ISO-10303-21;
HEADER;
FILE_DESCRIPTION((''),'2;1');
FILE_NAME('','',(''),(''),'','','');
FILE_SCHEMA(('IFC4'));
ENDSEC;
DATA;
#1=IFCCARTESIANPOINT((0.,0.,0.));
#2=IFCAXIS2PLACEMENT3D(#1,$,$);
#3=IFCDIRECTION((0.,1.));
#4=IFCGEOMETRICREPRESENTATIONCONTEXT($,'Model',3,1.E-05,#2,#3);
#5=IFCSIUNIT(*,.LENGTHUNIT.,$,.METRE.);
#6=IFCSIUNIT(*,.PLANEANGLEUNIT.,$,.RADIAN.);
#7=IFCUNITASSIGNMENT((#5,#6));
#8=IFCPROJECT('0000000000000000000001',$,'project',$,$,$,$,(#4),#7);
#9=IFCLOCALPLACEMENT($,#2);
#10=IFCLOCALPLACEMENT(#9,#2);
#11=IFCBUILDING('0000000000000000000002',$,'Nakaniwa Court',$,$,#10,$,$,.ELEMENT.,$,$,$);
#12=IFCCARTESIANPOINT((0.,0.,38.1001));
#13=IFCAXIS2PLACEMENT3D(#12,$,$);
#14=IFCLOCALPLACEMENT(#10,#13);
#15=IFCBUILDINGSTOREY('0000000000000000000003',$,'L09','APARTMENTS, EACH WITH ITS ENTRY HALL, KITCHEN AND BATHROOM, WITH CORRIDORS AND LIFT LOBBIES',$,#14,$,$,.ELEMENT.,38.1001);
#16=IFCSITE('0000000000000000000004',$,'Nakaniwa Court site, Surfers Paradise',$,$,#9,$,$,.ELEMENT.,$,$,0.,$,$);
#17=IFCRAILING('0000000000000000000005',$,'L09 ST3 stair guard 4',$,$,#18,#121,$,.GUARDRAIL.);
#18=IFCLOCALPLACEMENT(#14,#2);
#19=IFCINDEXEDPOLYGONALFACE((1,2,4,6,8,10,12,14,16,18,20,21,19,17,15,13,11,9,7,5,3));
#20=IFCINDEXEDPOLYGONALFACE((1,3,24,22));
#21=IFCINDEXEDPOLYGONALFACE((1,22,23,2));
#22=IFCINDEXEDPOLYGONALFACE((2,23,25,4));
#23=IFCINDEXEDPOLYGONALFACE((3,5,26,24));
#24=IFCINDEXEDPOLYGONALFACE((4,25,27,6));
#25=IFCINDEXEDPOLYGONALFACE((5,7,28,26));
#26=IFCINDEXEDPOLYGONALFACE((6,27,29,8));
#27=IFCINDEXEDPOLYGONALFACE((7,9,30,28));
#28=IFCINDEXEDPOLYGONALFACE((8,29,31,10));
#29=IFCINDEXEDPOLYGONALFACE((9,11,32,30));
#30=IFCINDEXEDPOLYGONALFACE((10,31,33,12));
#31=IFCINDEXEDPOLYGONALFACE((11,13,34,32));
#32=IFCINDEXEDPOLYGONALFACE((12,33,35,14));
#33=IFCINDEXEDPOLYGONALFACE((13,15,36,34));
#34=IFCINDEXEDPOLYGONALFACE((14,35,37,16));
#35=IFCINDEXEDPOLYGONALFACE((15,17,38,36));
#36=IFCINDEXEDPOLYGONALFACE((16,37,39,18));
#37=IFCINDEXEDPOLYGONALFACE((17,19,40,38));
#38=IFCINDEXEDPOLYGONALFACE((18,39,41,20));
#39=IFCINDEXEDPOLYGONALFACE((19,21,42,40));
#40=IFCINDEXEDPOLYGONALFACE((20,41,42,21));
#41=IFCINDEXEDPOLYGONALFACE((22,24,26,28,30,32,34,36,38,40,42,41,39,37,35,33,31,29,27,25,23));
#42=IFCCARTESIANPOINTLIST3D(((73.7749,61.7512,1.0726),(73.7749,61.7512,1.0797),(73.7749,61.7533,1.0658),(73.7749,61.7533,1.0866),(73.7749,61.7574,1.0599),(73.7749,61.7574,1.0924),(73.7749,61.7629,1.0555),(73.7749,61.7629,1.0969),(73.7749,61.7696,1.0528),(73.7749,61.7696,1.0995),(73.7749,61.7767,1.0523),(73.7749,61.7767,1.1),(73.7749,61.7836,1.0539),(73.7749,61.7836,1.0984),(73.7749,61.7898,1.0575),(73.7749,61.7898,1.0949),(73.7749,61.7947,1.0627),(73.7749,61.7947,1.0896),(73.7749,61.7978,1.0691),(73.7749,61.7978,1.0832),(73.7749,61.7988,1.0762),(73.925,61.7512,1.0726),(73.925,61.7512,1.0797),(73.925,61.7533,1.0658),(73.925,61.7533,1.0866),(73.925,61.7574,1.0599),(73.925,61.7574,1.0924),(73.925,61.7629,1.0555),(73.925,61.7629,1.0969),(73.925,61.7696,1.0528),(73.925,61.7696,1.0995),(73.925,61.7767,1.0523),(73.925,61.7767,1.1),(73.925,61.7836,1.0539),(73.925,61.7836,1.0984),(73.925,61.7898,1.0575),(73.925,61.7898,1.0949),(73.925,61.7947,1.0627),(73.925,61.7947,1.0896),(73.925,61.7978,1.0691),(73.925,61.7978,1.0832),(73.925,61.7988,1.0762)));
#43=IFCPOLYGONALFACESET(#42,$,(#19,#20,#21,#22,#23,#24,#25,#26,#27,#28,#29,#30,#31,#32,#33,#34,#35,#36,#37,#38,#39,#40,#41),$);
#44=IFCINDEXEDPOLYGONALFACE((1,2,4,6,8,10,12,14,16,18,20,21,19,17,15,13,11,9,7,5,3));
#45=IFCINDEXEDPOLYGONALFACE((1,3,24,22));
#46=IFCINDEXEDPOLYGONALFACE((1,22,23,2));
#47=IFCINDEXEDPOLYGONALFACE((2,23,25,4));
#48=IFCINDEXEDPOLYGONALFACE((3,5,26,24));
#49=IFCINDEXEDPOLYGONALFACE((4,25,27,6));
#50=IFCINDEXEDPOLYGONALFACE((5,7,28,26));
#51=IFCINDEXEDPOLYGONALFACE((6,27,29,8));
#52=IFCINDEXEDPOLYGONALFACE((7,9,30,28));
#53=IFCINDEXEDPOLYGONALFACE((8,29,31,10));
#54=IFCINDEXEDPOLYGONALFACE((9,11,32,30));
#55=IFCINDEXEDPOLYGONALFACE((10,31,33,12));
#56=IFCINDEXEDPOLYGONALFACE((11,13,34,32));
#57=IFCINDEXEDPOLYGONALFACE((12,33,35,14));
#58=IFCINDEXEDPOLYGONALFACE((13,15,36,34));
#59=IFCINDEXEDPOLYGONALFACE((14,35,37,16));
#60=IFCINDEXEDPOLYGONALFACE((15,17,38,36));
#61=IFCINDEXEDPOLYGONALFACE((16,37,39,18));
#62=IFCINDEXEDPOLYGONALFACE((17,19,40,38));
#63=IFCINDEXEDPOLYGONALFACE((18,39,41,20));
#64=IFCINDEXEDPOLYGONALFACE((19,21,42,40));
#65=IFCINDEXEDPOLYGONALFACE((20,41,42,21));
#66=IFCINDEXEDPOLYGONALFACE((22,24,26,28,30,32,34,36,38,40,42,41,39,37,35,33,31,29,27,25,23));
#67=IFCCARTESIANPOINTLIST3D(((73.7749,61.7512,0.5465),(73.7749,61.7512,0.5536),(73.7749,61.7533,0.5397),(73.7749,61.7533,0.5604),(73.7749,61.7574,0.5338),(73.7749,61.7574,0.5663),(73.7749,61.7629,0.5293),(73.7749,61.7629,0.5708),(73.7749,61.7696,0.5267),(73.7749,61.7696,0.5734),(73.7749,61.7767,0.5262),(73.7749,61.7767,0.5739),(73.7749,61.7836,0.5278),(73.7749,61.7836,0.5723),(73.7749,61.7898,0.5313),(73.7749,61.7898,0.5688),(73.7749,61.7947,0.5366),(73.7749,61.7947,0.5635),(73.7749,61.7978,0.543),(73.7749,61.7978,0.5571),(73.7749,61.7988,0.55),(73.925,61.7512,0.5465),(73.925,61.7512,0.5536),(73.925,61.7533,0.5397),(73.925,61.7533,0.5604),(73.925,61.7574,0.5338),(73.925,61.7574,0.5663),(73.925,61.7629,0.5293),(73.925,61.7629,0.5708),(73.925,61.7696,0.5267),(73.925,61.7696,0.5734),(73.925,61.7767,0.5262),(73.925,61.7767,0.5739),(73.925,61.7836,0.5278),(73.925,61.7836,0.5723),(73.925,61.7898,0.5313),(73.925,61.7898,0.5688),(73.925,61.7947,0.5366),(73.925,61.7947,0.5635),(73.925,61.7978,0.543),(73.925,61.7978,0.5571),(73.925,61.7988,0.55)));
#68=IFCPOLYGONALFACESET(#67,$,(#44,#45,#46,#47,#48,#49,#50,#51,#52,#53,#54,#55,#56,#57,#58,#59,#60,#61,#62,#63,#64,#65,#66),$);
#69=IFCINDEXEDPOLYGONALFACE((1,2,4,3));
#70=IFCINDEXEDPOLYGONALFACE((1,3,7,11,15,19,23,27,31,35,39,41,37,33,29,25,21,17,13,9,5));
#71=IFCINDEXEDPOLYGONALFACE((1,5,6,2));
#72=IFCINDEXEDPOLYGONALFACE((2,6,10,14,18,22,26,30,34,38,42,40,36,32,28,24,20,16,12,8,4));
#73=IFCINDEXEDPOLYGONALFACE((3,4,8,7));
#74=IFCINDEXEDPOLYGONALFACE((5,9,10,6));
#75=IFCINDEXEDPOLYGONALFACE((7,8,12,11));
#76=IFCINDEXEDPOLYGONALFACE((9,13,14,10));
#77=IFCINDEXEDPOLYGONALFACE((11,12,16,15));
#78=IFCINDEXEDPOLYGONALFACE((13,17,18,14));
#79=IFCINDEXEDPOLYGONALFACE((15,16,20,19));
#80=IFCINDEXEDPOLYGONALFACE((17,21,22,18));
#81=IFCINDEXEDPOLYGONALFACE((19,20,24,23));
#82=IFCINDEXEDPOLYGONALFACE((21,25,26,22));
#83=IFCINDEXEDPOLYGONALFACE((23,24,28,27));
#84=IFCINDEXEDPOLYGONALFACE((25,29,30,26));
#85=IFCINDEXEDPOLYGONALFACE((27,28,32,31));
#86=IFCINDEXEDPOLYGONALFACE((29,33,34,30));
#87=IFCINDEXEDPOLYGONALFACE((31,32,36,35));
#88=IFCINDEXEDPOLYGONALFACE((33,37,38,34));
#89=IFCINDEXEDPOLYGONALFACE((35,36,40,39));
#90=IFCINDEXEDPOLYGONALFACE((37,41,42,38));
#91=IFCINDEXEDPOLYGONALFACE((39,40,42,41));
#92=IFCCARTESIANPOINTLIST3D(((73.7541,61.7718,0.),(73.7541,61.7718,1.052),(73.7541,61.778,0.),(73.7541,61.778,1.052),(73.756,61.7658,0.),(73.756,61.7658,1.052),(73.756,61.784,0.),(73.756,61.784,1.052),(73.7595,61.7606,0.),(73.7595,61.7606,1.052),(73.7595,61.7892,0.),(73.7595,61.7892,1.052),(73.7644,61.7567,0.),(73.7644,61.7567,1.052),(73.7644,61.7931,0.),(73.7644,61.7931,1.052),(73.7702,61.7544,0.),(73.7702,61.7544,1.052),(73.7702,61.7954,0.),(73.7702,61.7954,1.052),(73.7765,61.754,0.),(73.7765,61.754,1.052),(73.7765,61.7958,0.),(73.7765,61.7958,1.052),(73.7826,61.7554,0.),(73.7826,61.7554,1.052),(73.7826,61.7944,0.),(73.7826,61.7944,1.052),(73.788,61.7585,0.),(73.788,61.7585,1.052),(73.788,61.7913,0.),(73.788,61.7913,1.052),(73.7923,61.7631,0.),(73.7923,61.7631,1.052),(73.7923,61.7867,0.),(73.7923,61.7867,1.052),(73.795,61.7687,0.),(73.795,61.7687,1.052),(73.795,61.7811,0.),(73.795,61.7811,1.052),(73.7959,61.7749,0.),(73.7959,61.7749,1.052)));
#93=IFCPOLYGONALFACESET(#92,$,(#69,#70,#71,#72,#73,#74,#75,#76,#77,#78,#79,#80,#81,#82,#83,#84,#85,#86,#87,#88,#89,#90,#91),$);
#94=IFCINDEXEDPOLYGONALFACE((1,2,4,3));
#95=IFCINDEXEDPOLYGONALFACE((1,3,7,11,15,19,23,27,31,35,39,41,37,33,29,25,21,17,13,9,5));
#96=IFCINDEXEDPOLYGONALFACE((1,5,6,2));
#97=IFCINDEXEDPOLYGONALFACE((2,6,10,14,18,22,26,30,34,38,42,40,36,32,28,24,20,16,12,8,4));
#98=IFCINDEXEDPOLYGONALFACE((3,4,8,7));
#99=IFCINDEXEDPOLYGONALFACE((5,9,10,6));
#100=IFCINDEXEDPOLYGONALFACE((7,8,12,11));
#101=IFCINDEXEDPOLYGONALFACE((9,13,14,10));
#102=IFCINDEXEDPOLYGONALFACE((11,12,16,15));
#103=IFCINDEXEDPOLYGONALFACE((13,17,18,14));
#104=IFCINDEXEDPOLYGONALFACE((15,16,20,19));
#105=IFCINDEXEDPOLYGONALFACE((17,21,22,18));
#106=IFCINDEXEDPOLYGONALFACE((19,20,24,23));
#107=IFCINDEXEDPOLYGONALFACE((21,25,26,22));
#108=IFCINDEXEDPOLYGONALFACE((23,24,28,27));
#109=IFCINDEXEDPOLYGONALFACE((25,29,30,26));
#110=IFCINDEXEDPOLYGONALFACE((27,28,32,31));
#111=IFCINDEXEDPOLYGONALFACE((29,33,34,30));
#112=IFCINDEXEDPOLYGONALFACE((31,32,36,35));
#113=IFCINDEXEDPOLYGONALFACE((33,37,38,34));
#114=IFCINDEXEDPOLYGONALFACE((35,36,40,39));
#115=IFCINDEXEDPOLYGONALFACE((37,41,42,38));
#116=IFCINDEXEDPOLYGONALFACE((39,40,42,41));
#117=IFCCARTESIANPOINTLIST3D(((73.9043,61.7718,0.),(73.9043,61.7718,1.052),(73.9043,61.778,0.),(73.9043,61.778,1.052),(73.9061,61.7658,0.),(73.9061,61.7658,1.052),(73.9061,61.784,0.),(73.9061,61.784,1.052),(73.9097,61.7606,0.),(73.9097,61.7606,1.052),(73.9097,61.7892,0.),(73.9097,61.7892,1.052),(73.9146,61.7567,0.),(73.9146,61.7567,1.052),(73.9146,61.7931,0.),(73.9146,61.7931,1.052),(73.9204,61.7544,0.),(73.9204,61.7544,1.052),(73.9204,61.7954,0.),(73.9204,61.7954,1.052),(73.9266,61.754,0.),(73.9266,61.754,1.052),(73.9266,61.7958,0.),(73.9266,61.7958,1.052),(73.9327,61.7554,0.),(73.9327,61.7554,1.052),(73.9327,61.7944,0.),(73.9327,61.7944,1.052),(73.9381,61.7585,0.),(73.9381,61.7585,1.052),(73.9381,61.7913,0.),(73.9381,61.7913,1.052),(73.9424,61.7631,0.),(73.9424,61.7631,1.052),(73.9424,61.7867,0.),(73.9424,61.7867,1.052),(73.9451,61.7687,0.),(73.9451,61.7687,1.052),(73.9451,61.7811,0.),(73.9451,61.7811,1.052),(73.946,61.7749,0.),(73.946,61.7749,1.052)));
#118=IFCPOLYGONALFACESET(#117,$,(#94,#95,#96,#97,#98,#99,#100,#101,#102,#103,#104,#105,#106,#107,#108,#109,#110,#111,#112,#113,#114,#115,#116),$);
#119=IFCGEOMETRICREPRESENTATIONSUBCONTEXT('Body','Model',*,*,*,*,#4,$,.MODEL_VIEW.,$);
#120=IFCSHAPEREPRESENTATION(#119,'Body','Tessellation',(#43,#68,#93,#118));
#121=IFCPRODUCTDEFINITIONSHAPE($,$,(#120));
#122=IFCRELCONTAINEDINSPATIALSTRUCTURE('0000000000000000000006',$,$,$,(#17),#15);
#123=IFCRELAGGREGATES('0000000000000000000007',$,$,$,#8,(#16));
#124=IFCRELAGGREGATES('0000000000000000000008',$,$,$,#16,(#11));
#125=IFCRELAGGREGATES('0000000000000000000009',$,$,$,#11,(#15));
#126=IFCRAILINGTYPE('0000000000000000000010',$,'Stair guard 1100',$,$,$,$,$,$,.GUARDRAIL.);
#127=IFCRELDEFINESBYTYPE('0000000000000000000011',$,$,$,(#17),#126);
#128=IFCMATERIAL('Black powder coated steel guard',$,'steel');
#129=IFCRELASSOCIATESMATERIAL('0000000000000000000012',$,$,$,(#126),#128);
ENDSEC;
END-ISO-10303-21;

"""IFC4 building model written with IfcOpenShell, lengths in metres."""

from ifc_helpers import new_model, si_unit, direction, frame, origin, origin_2d, place, context, subcontext, project, spatial, circle, extrude, material, type_object, element, save


model = new_model("IFC4")

# Units and contexts
model_context = context("Model", 3, precision=1e-05, world=origin(), true_north=direction((0.0, 1.0)))
body_context = subcontext(model_context, "Body", "Model", "MODEL_VIEW")
ifc_project = project(units=[si_unit("LENGTHUNIT", "METRE"), si_unit("PLANEANGLEUNIT", "RADIAN")], contexts=[model_context])

# Site, building, storey
site_placement = place(None, origin())
site = spatial("IfcSite", under=ifc_project, at=site_placement, Name="Nakaniwa Court site, Surfers Paradise", CompositionType="ELEMENT", RefElevation=0.0)
building_placement = place(site_placement, origin())
building = spatial("IfcBuilding", under=site, at=building_placement, Name="Nakaniwa Court", CompositionType="ELEMENT")
storey_placement = place(building_placement, frame((0.0, 0.0, 38.1001)))
storey = spatial("IfcBuildingStorey", under=building, at=storey_placement, Name="L09", Description="APARTMENTS, EACH WITH ITS ENTRY HALL, KITCHEN AND BATHROOM, WITH CORRIDORS AND LIFT LOBBIES", CompositionType="ELEMENT", Elevation=38.1001)

# Railing
ifc_material_1 = material(Name="Black powder coated steel guard", Category="steel")
railing_type = type_object("IfcRailingType", Name="Stair guard 1100", PredefinedType="GUARDRAIL", material=ifc_material_1)
railing_1_placement = place(storey_placement, frame((73.7749, 61.7749, 0.0)))
element("IfcRailing", 1, at=railing_1_placement, inside=storey, type_object=railing_type, Name="L09 ST3 stair guard 4", PredefinedType="GUARDRAIL", context=body_context, shape_type="SweptSolid", body=[
    extrude(circle(Radius=0.0239, at=origin_2d()), frame((0.0, 0.0, 1.0762), z_axis=(1.0, 0.0, 0.0), x_axis=(0.0, 1.0, 0.0)), (0.0, 0.0, 1.0), 0.1501),
    extrude(circle(Radius=0.0239, at=origin_2d()), frame((0.0, 0.0, 0.55), z_axis=(1.0, 0.0, 0.0), x_axis=(0.0, 1.0, 0.0)), (0.0, 0.0, 1.0), 0.1501),
    extrude(circle(Radius=0.021, at=origin_2d()), origin(), (0.0, 0.0, 1.0), 1.052),
    extrude(circle(Radius=0.021, at=origin_2d()), frame((0.1501, 0.0, 0.0)), (0.0, 0.0, 1.0), 1.052),
])

save(model, "model.ifc")
